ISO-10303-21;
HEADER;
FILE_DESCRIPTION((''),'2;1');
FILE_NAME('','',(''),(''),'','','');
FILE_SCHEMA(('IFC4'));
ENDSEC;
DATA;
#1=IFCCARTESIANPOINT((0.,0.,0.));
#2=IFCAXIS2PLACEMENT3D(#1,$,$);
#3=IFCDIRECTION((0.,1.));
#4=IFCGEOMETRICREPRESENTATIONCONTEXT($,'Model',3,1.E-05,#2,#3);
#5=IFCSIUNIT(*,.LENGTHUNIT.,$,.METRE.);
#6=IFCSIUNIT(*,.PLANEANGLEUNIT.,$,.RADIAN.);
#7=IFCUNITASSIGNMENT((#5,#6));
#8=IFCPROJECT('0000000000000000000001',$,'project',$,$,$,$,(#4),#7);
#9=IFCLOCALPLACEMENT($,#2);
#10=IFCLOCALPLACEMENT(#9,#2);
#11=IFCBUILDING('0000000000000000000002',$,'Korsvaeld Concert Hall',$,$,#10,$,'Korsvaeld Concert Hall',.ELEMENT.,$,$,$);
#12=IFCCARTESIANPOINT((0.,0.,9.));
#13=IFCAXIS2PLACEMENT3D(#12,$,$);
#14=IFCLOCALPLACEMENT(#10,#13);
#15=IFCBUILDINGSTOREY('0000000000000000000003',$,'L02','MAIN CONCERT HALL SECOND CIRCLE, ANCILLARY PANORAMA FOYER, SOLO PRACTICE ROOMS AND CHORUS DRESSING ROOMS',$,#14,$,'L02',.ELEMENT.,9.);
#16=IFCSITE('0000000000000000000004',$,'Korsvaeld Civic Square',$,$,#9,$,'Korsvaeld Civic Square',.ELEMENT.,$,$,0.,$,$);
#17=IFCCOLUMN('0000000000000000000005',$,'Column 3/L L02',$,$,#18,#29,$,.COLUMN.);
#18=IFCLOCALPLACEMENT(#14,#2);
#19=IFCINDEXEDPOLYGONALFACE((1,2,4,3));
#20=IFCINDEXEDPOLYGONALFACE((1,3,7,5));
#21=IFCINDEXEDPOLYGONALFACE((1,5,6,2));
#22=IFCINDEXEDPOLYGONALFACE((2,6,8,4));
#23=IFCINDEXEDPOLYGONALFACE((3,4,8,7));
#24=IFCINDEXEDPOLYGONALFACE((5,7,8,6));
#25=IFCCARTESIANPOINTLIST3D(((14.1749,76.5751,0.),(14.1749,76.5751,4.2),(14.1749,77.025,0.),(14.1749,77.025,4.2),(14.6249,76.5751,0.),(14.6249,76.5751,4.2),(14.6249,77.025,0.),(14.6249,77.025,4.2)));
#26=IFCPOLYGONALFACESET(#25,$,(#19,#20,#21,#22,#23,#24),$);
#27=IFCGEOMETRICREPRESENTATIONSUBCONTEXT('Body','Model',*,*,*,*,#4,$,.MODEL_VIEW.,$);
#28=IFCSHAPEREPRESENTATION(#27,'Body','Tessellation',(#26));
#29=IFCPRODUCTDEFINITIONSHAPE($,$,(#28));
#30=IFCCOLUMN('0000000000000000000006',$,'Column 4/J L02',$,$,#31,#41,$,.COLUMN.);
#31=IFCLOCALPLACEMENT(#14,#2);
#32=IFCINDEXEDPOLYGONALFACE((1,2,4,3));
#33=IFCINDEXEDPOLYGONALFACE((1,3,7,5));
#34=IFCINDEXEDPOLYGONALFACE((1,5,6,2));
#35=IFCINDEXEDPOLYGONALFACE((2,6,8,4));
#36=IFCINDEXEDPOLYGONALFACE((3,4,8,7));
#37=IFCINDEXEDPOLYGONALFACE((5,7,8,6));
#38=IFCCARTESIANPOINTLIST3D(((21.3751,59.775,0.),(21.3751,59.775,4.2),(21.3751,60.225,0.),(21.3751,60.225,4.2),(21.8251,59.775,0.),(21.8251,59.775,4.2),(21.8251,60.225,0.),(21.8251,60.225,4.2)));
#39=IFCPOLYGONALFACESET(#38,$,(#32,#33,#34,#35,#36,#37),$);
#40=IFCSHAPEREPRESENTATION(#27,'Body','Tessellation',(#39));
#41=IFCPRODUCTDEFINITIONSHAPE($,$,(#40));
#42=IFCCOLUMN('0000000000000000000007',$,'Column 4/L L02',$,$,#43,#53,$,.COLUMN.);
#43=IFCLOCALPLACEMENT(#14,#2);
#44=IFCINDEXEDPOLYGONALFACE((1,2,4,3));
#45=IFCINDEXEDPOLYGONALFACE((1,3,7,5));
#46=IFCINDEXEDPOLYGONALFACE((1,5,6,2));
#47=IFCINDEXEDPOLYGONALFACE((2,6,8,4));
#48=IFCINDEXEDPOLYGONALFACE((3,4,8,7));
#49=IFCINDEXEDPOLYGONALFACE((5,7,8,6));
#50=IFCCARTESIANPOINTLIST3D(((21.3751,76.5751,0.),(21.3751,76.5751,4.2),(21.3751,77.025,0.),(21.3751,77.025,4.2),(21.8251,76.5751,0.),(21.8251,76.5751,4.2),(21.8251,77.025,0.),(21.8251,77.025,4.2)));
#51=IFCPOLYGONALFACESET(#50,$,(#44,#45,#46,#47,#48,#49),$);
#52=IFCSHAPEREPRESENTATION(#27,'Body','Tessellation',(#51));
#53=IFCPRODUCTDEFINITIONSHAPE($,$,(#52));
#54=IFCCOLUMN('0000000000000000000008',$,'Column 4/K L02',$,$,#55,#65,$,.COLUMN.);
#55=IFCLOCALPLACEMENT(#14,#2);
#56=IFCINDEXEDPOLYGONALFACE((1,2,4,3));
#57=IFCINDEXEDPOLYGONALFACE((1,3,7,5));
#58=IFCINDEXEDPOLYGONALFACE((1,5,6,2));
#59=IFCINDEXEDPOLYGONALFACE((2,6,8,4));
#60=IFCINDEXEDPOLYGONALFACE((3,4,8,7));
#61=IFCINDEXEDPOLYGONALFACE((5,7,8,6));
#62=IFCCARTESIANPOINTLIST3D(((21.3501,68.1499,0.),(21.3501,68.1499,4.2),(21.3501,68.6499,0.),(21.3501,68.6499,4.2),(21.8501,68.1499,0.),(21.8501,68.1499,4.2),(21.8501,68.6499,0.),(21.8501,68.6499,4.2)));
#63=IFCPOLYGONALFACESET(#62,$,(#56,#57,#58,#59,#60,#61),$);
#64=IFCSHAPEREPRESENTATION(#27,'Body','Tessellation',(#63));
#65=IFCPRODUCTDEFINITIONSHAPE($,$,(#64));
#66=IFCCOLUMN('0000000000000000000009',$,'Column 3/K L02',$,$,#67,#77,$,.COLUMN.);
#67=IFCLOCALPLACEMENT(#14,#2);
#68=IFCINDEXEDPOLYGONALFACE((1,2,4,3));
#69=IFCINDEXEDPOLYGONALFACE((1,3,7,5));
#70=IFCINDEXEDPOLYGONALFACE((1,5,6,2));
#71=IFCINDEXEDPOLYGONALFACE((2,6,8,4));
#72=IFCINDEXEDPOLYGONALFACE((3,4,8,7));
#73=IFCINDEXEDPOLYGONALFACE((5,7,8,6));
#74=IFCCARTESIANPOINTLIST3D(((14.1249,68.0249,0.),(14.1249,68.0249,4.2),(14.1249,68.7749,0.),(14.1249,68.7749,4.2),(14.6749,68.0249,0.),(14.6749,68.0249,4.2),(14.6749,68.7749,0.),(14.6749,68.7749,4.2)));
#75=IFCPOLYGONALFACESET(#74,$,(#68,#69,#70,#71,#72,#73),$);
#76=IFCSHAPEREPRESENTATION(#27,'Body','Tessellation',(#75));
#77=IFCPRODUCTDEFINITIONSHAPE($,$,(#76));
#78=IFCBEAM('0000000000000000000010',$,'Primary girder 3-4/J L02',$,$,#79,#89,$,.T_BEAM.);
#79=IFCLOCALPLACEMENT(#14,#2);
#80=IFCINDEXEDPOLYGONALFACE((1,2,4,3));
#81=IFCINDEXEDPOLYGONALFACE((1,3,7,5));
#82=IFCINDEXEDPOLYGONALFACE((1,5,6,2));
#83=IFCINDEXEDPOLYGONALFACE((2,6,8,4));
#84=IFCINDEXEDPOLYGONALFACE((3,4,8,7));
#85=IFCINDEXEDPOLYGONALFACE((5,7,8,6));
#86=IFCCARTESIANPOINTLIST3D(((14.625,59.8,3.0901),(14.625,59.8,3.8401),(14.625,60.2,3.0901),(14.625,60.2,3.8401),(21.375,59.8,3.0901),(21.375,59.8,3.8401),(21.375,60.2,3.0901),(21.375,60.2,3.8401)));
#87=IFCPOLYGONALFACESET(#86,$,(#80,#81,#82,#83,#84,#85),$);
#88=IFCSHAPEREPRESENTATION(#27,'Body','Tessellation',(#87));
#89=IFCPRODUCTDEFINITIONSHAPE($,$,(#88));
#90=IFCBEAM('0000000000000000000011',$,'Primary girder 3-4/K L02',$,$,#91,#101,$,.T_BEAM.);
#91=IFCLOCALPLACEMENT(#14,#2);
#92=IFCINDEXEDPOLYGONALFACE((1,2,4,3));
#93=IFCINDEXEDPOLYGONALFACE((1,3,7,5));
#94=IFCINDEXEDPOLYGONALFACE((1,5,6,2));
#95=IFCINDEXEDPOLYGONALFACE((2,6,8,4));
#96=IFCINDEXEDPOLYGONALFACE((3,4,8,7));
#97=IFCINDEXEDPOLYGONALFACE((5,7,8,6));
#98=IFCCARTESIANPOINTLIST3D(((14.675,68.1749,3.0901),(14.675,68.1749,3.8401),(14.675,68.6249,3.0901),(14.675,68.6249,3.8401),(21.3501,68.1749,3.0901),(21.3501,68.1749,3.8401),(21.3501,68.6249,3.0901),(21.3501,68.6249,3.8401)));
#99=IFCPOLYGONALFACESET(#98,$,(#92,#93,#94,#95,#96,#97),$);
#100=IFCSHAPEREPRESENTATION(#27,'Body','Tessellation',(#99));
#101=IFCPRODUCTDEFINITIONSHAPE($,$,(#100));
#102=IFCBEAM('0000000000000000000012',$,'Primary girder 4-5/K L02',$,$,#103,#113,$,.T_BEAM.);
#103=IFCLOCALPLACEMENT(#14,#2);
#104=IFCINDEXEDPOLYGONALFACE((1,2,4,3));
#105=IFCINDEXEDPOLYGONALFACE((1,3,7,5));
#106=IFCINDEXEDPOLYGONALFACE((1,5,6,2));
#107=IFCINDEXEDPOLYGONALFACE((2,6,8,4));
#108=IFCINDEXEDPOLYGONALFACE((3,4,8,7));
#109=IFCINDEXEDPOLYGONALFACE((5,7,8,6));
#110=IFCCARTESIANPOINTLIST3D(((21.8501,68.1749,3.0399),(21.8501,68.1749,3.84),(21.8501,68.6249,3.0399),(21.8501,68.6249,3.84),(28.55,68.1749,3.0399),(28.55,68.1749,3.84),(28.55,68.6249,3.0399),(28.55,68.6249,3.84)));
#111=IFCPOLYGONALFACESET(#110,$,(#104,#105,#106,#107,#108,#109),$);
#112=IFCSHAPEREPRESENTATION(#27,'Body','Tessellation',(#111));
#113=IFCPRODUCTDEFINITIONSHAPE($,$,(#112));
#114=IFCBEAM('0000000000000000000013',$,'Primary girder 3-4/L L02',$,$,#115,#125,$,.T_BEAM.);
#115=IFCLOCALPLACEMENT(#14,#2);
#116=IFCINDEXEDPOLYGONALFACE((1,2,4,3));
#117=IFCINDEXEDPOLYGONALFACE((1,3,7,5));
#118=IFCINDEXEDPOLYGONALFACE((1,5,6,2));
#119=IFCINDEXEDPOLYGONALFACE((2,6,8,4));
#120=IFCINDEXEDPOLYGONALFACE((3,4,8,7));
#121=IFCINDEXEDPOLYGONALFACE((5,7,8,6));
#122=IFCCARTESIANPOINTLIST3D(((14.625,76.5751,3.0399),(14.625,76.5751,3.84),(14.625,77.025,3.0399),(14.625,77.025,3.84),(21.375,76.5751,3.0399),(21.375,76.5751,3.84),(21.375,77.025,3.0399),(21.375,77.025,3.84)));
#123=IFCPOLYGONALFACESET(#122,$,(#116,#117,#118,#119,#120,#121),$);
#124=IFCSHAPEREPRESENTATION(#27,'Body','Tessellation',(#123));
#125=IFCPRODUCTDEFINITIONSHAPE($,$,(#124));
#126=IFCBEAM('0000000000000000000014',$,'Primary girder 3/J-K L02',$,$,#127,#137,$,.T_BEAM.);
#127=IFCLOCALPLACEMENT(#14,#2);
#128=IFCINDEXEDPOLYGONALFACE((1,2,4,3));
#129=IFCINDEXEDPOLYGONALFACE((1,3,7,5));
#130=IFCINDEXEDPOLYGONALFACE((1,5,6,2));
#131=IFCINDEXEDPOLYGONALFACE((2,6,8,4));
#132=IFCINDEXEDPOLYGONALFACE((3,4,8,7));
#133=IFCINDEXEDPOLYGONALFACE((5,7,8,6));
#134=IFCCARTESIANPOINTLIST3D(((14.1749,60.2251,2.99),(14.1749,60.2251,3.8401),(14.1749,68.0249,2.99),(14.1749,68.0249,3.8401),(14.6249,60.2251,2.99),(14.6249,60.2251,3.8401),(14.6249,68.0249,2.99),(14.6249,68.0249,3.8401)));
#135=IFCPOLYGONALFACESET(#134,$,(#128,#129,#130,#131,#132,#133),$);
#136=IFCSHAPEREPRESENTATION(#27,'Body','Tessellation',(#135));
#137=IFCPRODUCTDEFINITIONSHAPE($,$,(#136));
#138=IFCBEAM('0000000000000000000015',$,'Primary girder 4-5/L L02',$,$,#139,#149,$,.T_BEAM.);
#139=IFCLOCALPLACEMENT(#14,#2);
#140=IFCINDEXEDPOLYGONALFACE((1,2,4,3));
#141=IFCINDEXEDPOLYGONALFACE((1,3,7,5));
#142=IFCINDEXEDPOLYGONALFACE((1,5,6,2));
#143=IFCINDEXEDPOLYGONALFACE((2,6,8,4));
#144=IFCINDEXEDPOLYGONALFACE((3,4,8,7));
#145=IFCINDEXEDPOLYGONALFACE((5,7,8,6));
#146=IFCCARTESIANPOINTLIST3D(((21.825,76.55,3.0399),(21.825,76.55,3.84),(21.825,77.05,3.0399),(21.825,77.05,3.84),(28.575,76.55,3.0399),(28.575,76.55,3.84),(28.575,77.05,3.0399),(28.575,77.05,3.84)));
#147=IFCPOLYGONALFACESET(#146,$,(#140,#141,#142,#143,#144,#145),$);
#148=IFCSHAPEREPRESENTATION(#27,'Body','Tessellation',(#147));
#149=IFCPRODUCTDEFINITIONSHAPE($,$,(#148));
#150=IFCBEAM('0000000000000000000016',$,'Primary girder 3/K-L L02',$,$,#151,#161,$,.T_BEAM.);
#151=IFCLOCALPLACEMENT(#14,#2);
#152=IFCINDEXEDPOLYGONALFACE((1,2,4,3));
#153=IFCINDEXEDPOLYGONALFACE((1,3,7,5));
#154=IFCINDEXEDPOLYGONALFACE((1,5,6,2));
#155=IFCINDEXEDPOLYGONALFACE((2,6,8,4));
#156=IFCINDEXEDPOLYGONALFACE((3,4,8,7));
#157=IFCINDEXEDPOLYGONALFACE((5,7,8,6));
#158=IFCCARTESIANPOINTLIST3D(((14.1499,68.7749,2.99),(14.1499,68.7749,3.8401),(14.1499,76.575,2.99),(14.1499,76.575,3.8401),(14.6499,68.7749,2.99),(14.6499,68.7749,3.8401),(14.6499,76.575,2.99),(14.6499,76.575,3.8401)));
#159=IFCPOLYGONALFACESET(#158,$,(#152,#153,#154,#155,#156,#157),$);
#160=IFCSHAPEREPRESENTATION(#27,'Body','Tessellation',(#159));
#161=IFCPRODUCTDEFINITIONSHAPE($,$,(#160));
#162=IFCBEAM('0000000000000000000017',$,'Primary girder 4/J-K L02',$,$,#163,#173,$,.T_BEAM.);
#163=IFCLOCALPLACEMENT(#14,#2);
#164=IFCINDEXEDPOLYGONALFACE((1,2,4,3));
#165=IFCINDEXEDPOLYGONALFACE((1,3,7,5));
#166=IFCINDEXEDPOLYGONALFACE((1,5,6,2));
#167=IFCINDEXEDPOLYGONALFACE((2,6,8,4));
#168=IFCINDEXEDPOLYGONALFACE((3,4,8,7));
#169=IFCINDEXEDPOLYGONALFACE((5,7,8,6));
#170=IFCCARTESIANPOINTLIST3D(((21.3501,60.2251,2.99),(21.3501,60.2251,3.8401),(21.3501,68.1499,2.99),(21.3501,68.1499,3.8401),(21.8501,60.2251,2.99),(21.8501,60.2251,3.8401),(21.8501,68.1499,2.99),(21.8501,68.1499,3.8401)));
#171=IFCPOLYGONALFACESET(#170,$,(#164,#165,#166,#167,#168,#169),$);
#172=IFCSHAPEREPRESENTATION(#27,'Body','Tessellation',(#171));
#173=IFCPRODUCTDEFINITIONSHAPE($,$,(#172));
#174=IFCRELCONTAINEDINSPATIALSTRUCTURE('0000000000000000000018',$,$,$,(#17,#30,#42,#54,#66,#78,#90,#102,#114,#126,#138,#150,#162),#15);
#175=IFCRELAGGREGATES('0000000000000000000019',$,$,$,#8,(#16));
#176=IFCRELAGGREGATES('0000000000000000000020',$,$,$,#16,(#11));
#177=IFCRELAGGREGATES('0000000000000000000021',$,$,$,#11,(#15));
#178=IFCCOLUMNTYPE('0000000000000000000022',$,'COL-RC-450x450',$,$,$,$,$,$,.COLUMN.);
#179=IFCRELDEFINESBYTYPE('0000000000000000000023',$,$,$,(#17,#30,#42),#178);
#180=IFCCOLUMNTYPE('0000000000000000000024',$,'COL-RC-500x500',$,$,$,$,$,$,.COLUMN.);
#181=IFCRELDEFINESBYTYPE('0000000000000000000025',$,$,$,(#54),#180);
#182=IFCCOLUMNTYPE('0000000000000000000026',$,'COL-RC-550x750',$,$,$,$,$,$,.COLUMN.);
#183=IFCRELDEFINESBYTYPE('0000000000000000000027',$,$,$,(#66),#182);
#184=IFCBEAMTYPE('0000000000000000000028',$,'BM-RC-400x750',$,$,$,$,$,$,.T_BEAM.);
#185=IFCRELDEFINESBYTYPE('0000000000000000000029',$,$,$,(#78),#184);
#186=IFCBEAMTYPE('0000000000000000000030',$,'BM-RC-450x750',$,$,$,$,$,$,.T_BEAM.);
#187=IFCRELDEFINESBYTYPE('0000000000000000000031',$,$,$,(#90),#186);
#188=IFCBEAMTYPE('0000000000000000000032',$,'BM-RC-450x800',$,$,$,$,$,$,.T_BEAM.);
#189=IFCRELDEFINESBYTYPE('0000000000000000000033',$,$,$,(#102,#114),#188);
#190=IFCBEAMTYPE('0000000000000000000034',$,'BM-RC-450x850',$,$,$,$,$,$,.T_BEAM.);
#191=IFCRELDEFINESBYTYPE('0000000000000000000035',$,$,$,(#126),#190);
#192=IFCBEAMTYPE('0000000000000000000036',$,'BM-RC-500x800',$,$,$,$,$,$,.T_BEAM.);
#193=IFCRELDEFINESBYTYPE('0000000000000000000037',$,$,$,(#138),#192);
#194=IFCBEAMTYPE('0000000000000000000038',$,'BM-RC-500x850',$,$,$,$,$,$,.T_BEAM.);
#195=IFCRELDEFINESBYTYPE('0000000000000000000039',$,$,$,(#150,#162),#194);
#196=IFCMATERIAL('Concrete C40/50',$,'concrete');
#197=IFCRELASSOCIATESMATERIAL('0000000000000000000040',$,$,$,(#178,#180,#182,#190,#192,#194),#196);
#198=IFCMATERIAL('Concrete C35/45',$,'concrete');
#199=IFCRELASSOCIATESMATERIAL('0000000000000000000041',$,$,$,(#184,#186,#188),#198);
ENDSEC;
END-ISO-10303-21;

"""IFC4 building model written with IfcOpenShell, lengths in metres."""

from ifc_helpers import new_model, si_unit, direction, frame, origin, origin_2d, place, context, subcontext, project, spatial, rectangle, extrude, material, material_profile, profile_set, type_object, element, save


model = new_model("IFC4")

# Units and contexts
model_context = context("Model", 3, precision=1e-05, world=origin(), true_north=direction((0.0, 1.0)))
body_context = subcontext(model_context, "Body", "Model", "MODEL_VIEW")
ifc_project = project(units=[si_unit("LENGTHUNIT", "METRE"), si_unit("PLANEANGLEUNIT", "RADIAN")], contexts=[model_context])

# Site, building, storey
site_placement = place(None, origin())
site = spatial("IfcSite", under=ifc_project, at=site_placement, Name="Korsvaeld Civic Square", LongName="Korsvaeld Civic Square", CompositionType="ELEMENT", RefElevation=0.0)
building_placement = place(site_placement, origin())
building = spatial("IfcBuilding", under=site, at=building_placement, Name="Korsvaeld Concert Hall", LongName="Korsvaeld Concert Hall", CompositionType="ELEMENT")
storey_placement = place(building_placement, frame((0.0, 0.0, 9.0)))
storey = spatial("IfcBuildingStorey", under=building, at=storey_placement, Name="L02", Description="MAIN CONCERT HALL SECOND CIRCLE, ANCILLARY PANORAMA FOYER, SOLO PRACTICE ROOMS AND CHORUS DRESSING ROOMS", LongName="L02", CompositionType="ELEMENT", Elevation=9.0)

# Columns
ifc_material_1 = material(Name="Concrete C40/50", Category="concrete")
ifc_material_profile_1 = material_profile(ifc_material_1, rectangle(XDim=0.45, YDim=0.45, at=origin_2d()), Name="RC 450x450")
ifc_profile_set_1 = profile_set([ifc_material_profile_1], Name="Concrete C40/50")
column_type_1 = type_object("IfcColumnType", Name="COL-RC-450x450", PredefinedType="COLUMN", material=ifc_profile_set_1)
for number, where, z_axis, x_axis, name in (
    (1, (14.3999, 76.8, 0.0), (0.0, 0.0, 1.0), (1.0, 0.0, 0.0), "Column 3/L L02"),
    (2, (21.6001, 60.0, 0.0), (0.0, 0.0, 1.0), (1.0, 0.0, 0.0), "Column 4/J L02"),
    (3, (21.6001, 76.8, 0.0), (0.0, 0.0, 1.0), (1.0, 0.0, 0.0), "Column 4/L L02"),
):
    element("IfcColumn", number, at=place(storey_placement, frame(where, z_axis=z_axis, x_axis=x_axis)), inside=storey, type_object=column_type_1, Name=name, PredefinedType="COLUMN", context=body_context, shape_type="SweptSolid", body=[
        extrude(rectangle(XDim=0.45, YDim=0.45, at=origin_2d()), origin(), (0.0, 0.0, 1.0), 4.2),
    ])
ifc_material_profile_2 = material_profile(ifc_material_1, rectangle(XDim=0.5, YDim=0.5, at=origin_2d()), Name="RC 500x500")
ifc_profile_set_2 = profile_set([ifc_material_profile_2], Name="Concrete C40/50")
column_type_2 = type_object("IfcColumnType", Name="COL-RC-500x500", PredefinedType="COLUMN", material=ifc_profile_set_2)
column_1_placement = place(storey_placement, frame((21.6001, 68.3999, 0.0), z_axis=(0.0, 0.0, 1.0), x_axis=(1.0, 0.0, 0.0)))
element("IfcColumn", 4, at=column_1_placement, inside=storey, type_object=column_type_2, Name="Column 4/K L02", PredefinedType="COLUMN", context=body_context, shape_type="SweptSolid", body=[
    extrude(rectangle(XDim=0.5, YDim=0.5, at=origin_2d()), origin(), (0.0, 0.0, 1.0), 4.2),
])
ifc_material_profile_3 = material_profile(ifc_material_1, rectangle(XDim=0.55, YDim=0.75, at=origin_2d()), Name="RC 550x750")
ifc_profile_set_3 = profile_set([ifc_material_profile_3], Name="Concrete C40/50")
column_type_3 = type_object("IfcColumnType", Name="COL-RC-550x750", PredefinedType="COLUMN", material=ifc_profile_set_3)
column_2_placement = place(storey_placement, frame((14.3999, 68.3999, 0.0), z_axis=(0.0, 0.0, 1.0), x_axis=(1.0, 0.0, 0.0)))
element("IfcColumn", 5, at=column_2_placement, inside=storey, type_object=column_type_3, Name="Column 3/K L02", PredefinedType="COLUMN", context=body_context, shape_type="SweptSolid", body=[
    extrude(rectangle(XDim=0.55, YDim=0.75, at=origin_2d()), origin(), (0.0, 0.0, 1.0), 4.2),
])

# Beams
ifc_material_2 = material(Name="Concrete C35/45", Category="concrete")
ifc_material_profile_4 = material_profile(ifc_material_2, rectangle(XDim=0.3999, YDim=0.75, at=origin_2d()), Name="RC 400x750")
ifc_profile_set_4 = profile_set([ifc_material_profile_4], Name="Concrete C35/45")
beam_type_1 = type_object("IfcBeamType", Name="BM-RC-400x750", PredefinedType="T_BEAM", material=ifc_profile_set_4)
beam_1_placement = place(storey_placement, frame((14.625, 60.0, 3.4651), z_axis=(1.0, 0.0, 0.0), x_axis=(0.0, 1.0, 0.0)))
element("IfcBeam", 6, at=beam_1_placement, inside=storey, type_object=beam_type_1, Name="Primary girder 3-4/J L02", PredefinedType="T_BEAM", context=body_context, shape_type="SweptSolid", body=[
    extrude(rectangle(XDim=0.3999, YDim=0.75, at=origin_2d()), origin(), (0.0, 0.0, 1.0), 6.75),
])
ifc_material_profile_5 = material_profile(ifc_material_2, rectangle(XDim=0.45, YDim=0.75, at=origin_2d()), Name="RC 450x750")
ifc_profile_set_5 = profile_set([ifc_material_profile_5], Name="Concrete C35/45")
beam_type_2 = type_object("IfcBeamType", Name="BM-RC-450x750", PredefinedType="T_BEAM", material=ifc_profile_set_5)
beam_2_placement = place(storey_placement, frame((14.675, 68.3999, 3.4651), z_axis=(1.0, 0.0, 0.0), x_axis=(0.0, 1.0, 0.0)))
element("IfcBeam", 7, at=beam_2_placement, inside=storey, type_object=beam_type_2, Name="Primary girder 3-4/K L02", PredefinedType="T_BEAM", context=body_context, shape_type="SweptSolid", body=[
    extrude(rectangle(XDim=0.45, YDim=0.75, at=origin_2d()), origin(), (0.0, 0.0, 1.0), 6.675),
])
ifc_material_profile_6 = material_profile(ifc_material_2, rectangle(XDim=0.45, YDim=0.8, at=origin_2d()), Name="RC 450x800")
ifc_profile_set_6 = profile_set([ifc_material_profile_6], Name="Concrete C35/45")
beam_type_3 = type_object("IfcBeamType", Name="BM-RC-450x800", PredefinedType="T_BEAM", material=ifc_profile_set_6)
beam_3_placement = place(storey_placement, frame((21.8501, 68.3999, 3.4399), z_axis=(1.0, 0.0, 0.0), x_axis=(0.0, 1.0, 0.0)))
element("IfcBeam", 8, at=beam_3_placement, inside=storey, type_object=beam_type_3, Name="Primary girder 4-5/K L02", PredefinedType="T_BEAM", context=body_context, shape_type="SweptSolid", body=[
    extrude(rectangle(XDim=0.45, YDim=0.8, at=origin_2d()), origin(), (0.0, 0.0, 1.0), 6.7),
])
beam_4_placement = place(storey_placement, frame((14.625, 76.8, 3.4399), z_axis=(1.0, 0.0, 0.0), x_axis=(0.0, 1.0, 0.0)))
element("IfcBeam", 9, at=beam_4_placement, inside=storey, type_object=beam_type_3, Name="Primary girder 3-4/L L02", PredefinedType="T_BEAM", context=body_context, shape_type="SweptSolid", body=[
    extrude(rectangle(XDim=0.45, YDim=0.8, at=origin_2d()), origin(), (0.0, 0.0, 1.0), 6.75),
])
ifc_material_profile_7 = material_profile(ifc_material_1, rectangle(XDim=0.45, YDim=0.8501, at=origin_2d()), Name="RC 450x850")
ifc_profile_set_7 = profile_set([ifc_material_profile_7], Name="Concrete C40/50")
beam_type_4 = type_object("IfcBeamType", Name="BM-RC-450x850", PredefinedType="T_BEAM", material=ifc_profile_set_7)
beam_5_placement = place(storey_placement, frame((14.3999, 60.2251, 3.415), z_axis=(0.0, 1.0, 0.0), x_axis=(-1.0, 0.0, 0.0)))
element("IfcBeam", 10, at=beam_5_placement, inside=storey, type_object=beam_type_4, Name="Primary girder 3/J-K L02", PredefinedType="T_BEAM", context=body_context, shape_type="SweptSolid", body=[
    extrude(rectangle(XDim=0.45, YDim=0.8501, at=origin_2d()), origin(), (0.0, 0.0, 1.0), 7.7998),
])
ifc_material_profile_8 = material_profile(ifc_material_1, rectangle(XDim=0.5, YDim=0.8, at=origin_2d()), Name="RC 500x800")
ifc_profile_set_8 = profile_set([ifc_material_profile_8], Name="Concrete C40/50")
beam_type_5 = type_object("IfcBeamType", Name="BM-RC-500x800", PredefinedType="T_BEAM", material=ifc_profile_set_8)
beam_6_placement = place(storey_placement, frame((21.825, 76.8, 3.4399), z_axis=(1.0, 0.0, 0.0), x_axis=(0.0, 1.0, 0.0)))
element("IfcBeam", 11, at=beam_6_placement, inside=storey, type_object=beam_type_5, Name="Primary girder 4-5/L L02", PredefinedType="T_BEAM", context=body_context, shape_type="SweptSolid", body=[
    extrude(rectangle(XDim=0.5, YDim=0.8, at=origin_2d()), origin(), (0.0, 0.0, 1.0), 6.75),
])
ifc_material_profile_9 = material_profile(ifc_material_1, rectangle(XDim=0.5, YDim=0.8501, at=origin_2d()), Name="RC 500x850")
ifc_profile_set_9 = profile_set([ifc_material_profile_9], Name="Concrete C40/50")
beam_type_6 = type_object("IfcBeamType", Name="BM-RC-500x850", PredefinedType="T_BEAM", material=ifc_profile_set_9)
beam_7_placement = place(storey_placement, frame((14.3999, 68.7749, 3.415), z_axis=(0.0, 1.0, 0.0), x_axis=(-1.0, 0.0, 0.0)))
element("IfcBeam", 12, at=beam_7_placement, inside=storey, type_object=beam_type_6, Name="Primary girder 3/K-L L02", PredefinedType="T_BEAM", context=body_context, shape_type="SweptSolid", body=[
    extrude(rectangle(XDim=0.5, YDim=0.8501, at=origin_2d()), origin(), (0.0, 0.0, 1.0), 7.8),
])
beam_8_placement = place(storey_placement, frame((21.6001, 60.2251, 3.415), z_axis=(0.0, 1.0, 0.0), x_axis=(-1.0, 0.0, 0.0)))
element("IfcBeam", 13, at=beam_8_placement, inside=storey, type_object=beam_type_6, Name="Primary girder 4/J-K L02", PredefinedType="T_BEAM", context=body_context, shape_type="SweptSolid", body=[
    extrude(rectangle(XDim=0.5, YDim=0.8501, at=origin_2d()), origin(), (0.0, 0.0, 1.0), 7.9248),
])

save(model, "model.ifc")
